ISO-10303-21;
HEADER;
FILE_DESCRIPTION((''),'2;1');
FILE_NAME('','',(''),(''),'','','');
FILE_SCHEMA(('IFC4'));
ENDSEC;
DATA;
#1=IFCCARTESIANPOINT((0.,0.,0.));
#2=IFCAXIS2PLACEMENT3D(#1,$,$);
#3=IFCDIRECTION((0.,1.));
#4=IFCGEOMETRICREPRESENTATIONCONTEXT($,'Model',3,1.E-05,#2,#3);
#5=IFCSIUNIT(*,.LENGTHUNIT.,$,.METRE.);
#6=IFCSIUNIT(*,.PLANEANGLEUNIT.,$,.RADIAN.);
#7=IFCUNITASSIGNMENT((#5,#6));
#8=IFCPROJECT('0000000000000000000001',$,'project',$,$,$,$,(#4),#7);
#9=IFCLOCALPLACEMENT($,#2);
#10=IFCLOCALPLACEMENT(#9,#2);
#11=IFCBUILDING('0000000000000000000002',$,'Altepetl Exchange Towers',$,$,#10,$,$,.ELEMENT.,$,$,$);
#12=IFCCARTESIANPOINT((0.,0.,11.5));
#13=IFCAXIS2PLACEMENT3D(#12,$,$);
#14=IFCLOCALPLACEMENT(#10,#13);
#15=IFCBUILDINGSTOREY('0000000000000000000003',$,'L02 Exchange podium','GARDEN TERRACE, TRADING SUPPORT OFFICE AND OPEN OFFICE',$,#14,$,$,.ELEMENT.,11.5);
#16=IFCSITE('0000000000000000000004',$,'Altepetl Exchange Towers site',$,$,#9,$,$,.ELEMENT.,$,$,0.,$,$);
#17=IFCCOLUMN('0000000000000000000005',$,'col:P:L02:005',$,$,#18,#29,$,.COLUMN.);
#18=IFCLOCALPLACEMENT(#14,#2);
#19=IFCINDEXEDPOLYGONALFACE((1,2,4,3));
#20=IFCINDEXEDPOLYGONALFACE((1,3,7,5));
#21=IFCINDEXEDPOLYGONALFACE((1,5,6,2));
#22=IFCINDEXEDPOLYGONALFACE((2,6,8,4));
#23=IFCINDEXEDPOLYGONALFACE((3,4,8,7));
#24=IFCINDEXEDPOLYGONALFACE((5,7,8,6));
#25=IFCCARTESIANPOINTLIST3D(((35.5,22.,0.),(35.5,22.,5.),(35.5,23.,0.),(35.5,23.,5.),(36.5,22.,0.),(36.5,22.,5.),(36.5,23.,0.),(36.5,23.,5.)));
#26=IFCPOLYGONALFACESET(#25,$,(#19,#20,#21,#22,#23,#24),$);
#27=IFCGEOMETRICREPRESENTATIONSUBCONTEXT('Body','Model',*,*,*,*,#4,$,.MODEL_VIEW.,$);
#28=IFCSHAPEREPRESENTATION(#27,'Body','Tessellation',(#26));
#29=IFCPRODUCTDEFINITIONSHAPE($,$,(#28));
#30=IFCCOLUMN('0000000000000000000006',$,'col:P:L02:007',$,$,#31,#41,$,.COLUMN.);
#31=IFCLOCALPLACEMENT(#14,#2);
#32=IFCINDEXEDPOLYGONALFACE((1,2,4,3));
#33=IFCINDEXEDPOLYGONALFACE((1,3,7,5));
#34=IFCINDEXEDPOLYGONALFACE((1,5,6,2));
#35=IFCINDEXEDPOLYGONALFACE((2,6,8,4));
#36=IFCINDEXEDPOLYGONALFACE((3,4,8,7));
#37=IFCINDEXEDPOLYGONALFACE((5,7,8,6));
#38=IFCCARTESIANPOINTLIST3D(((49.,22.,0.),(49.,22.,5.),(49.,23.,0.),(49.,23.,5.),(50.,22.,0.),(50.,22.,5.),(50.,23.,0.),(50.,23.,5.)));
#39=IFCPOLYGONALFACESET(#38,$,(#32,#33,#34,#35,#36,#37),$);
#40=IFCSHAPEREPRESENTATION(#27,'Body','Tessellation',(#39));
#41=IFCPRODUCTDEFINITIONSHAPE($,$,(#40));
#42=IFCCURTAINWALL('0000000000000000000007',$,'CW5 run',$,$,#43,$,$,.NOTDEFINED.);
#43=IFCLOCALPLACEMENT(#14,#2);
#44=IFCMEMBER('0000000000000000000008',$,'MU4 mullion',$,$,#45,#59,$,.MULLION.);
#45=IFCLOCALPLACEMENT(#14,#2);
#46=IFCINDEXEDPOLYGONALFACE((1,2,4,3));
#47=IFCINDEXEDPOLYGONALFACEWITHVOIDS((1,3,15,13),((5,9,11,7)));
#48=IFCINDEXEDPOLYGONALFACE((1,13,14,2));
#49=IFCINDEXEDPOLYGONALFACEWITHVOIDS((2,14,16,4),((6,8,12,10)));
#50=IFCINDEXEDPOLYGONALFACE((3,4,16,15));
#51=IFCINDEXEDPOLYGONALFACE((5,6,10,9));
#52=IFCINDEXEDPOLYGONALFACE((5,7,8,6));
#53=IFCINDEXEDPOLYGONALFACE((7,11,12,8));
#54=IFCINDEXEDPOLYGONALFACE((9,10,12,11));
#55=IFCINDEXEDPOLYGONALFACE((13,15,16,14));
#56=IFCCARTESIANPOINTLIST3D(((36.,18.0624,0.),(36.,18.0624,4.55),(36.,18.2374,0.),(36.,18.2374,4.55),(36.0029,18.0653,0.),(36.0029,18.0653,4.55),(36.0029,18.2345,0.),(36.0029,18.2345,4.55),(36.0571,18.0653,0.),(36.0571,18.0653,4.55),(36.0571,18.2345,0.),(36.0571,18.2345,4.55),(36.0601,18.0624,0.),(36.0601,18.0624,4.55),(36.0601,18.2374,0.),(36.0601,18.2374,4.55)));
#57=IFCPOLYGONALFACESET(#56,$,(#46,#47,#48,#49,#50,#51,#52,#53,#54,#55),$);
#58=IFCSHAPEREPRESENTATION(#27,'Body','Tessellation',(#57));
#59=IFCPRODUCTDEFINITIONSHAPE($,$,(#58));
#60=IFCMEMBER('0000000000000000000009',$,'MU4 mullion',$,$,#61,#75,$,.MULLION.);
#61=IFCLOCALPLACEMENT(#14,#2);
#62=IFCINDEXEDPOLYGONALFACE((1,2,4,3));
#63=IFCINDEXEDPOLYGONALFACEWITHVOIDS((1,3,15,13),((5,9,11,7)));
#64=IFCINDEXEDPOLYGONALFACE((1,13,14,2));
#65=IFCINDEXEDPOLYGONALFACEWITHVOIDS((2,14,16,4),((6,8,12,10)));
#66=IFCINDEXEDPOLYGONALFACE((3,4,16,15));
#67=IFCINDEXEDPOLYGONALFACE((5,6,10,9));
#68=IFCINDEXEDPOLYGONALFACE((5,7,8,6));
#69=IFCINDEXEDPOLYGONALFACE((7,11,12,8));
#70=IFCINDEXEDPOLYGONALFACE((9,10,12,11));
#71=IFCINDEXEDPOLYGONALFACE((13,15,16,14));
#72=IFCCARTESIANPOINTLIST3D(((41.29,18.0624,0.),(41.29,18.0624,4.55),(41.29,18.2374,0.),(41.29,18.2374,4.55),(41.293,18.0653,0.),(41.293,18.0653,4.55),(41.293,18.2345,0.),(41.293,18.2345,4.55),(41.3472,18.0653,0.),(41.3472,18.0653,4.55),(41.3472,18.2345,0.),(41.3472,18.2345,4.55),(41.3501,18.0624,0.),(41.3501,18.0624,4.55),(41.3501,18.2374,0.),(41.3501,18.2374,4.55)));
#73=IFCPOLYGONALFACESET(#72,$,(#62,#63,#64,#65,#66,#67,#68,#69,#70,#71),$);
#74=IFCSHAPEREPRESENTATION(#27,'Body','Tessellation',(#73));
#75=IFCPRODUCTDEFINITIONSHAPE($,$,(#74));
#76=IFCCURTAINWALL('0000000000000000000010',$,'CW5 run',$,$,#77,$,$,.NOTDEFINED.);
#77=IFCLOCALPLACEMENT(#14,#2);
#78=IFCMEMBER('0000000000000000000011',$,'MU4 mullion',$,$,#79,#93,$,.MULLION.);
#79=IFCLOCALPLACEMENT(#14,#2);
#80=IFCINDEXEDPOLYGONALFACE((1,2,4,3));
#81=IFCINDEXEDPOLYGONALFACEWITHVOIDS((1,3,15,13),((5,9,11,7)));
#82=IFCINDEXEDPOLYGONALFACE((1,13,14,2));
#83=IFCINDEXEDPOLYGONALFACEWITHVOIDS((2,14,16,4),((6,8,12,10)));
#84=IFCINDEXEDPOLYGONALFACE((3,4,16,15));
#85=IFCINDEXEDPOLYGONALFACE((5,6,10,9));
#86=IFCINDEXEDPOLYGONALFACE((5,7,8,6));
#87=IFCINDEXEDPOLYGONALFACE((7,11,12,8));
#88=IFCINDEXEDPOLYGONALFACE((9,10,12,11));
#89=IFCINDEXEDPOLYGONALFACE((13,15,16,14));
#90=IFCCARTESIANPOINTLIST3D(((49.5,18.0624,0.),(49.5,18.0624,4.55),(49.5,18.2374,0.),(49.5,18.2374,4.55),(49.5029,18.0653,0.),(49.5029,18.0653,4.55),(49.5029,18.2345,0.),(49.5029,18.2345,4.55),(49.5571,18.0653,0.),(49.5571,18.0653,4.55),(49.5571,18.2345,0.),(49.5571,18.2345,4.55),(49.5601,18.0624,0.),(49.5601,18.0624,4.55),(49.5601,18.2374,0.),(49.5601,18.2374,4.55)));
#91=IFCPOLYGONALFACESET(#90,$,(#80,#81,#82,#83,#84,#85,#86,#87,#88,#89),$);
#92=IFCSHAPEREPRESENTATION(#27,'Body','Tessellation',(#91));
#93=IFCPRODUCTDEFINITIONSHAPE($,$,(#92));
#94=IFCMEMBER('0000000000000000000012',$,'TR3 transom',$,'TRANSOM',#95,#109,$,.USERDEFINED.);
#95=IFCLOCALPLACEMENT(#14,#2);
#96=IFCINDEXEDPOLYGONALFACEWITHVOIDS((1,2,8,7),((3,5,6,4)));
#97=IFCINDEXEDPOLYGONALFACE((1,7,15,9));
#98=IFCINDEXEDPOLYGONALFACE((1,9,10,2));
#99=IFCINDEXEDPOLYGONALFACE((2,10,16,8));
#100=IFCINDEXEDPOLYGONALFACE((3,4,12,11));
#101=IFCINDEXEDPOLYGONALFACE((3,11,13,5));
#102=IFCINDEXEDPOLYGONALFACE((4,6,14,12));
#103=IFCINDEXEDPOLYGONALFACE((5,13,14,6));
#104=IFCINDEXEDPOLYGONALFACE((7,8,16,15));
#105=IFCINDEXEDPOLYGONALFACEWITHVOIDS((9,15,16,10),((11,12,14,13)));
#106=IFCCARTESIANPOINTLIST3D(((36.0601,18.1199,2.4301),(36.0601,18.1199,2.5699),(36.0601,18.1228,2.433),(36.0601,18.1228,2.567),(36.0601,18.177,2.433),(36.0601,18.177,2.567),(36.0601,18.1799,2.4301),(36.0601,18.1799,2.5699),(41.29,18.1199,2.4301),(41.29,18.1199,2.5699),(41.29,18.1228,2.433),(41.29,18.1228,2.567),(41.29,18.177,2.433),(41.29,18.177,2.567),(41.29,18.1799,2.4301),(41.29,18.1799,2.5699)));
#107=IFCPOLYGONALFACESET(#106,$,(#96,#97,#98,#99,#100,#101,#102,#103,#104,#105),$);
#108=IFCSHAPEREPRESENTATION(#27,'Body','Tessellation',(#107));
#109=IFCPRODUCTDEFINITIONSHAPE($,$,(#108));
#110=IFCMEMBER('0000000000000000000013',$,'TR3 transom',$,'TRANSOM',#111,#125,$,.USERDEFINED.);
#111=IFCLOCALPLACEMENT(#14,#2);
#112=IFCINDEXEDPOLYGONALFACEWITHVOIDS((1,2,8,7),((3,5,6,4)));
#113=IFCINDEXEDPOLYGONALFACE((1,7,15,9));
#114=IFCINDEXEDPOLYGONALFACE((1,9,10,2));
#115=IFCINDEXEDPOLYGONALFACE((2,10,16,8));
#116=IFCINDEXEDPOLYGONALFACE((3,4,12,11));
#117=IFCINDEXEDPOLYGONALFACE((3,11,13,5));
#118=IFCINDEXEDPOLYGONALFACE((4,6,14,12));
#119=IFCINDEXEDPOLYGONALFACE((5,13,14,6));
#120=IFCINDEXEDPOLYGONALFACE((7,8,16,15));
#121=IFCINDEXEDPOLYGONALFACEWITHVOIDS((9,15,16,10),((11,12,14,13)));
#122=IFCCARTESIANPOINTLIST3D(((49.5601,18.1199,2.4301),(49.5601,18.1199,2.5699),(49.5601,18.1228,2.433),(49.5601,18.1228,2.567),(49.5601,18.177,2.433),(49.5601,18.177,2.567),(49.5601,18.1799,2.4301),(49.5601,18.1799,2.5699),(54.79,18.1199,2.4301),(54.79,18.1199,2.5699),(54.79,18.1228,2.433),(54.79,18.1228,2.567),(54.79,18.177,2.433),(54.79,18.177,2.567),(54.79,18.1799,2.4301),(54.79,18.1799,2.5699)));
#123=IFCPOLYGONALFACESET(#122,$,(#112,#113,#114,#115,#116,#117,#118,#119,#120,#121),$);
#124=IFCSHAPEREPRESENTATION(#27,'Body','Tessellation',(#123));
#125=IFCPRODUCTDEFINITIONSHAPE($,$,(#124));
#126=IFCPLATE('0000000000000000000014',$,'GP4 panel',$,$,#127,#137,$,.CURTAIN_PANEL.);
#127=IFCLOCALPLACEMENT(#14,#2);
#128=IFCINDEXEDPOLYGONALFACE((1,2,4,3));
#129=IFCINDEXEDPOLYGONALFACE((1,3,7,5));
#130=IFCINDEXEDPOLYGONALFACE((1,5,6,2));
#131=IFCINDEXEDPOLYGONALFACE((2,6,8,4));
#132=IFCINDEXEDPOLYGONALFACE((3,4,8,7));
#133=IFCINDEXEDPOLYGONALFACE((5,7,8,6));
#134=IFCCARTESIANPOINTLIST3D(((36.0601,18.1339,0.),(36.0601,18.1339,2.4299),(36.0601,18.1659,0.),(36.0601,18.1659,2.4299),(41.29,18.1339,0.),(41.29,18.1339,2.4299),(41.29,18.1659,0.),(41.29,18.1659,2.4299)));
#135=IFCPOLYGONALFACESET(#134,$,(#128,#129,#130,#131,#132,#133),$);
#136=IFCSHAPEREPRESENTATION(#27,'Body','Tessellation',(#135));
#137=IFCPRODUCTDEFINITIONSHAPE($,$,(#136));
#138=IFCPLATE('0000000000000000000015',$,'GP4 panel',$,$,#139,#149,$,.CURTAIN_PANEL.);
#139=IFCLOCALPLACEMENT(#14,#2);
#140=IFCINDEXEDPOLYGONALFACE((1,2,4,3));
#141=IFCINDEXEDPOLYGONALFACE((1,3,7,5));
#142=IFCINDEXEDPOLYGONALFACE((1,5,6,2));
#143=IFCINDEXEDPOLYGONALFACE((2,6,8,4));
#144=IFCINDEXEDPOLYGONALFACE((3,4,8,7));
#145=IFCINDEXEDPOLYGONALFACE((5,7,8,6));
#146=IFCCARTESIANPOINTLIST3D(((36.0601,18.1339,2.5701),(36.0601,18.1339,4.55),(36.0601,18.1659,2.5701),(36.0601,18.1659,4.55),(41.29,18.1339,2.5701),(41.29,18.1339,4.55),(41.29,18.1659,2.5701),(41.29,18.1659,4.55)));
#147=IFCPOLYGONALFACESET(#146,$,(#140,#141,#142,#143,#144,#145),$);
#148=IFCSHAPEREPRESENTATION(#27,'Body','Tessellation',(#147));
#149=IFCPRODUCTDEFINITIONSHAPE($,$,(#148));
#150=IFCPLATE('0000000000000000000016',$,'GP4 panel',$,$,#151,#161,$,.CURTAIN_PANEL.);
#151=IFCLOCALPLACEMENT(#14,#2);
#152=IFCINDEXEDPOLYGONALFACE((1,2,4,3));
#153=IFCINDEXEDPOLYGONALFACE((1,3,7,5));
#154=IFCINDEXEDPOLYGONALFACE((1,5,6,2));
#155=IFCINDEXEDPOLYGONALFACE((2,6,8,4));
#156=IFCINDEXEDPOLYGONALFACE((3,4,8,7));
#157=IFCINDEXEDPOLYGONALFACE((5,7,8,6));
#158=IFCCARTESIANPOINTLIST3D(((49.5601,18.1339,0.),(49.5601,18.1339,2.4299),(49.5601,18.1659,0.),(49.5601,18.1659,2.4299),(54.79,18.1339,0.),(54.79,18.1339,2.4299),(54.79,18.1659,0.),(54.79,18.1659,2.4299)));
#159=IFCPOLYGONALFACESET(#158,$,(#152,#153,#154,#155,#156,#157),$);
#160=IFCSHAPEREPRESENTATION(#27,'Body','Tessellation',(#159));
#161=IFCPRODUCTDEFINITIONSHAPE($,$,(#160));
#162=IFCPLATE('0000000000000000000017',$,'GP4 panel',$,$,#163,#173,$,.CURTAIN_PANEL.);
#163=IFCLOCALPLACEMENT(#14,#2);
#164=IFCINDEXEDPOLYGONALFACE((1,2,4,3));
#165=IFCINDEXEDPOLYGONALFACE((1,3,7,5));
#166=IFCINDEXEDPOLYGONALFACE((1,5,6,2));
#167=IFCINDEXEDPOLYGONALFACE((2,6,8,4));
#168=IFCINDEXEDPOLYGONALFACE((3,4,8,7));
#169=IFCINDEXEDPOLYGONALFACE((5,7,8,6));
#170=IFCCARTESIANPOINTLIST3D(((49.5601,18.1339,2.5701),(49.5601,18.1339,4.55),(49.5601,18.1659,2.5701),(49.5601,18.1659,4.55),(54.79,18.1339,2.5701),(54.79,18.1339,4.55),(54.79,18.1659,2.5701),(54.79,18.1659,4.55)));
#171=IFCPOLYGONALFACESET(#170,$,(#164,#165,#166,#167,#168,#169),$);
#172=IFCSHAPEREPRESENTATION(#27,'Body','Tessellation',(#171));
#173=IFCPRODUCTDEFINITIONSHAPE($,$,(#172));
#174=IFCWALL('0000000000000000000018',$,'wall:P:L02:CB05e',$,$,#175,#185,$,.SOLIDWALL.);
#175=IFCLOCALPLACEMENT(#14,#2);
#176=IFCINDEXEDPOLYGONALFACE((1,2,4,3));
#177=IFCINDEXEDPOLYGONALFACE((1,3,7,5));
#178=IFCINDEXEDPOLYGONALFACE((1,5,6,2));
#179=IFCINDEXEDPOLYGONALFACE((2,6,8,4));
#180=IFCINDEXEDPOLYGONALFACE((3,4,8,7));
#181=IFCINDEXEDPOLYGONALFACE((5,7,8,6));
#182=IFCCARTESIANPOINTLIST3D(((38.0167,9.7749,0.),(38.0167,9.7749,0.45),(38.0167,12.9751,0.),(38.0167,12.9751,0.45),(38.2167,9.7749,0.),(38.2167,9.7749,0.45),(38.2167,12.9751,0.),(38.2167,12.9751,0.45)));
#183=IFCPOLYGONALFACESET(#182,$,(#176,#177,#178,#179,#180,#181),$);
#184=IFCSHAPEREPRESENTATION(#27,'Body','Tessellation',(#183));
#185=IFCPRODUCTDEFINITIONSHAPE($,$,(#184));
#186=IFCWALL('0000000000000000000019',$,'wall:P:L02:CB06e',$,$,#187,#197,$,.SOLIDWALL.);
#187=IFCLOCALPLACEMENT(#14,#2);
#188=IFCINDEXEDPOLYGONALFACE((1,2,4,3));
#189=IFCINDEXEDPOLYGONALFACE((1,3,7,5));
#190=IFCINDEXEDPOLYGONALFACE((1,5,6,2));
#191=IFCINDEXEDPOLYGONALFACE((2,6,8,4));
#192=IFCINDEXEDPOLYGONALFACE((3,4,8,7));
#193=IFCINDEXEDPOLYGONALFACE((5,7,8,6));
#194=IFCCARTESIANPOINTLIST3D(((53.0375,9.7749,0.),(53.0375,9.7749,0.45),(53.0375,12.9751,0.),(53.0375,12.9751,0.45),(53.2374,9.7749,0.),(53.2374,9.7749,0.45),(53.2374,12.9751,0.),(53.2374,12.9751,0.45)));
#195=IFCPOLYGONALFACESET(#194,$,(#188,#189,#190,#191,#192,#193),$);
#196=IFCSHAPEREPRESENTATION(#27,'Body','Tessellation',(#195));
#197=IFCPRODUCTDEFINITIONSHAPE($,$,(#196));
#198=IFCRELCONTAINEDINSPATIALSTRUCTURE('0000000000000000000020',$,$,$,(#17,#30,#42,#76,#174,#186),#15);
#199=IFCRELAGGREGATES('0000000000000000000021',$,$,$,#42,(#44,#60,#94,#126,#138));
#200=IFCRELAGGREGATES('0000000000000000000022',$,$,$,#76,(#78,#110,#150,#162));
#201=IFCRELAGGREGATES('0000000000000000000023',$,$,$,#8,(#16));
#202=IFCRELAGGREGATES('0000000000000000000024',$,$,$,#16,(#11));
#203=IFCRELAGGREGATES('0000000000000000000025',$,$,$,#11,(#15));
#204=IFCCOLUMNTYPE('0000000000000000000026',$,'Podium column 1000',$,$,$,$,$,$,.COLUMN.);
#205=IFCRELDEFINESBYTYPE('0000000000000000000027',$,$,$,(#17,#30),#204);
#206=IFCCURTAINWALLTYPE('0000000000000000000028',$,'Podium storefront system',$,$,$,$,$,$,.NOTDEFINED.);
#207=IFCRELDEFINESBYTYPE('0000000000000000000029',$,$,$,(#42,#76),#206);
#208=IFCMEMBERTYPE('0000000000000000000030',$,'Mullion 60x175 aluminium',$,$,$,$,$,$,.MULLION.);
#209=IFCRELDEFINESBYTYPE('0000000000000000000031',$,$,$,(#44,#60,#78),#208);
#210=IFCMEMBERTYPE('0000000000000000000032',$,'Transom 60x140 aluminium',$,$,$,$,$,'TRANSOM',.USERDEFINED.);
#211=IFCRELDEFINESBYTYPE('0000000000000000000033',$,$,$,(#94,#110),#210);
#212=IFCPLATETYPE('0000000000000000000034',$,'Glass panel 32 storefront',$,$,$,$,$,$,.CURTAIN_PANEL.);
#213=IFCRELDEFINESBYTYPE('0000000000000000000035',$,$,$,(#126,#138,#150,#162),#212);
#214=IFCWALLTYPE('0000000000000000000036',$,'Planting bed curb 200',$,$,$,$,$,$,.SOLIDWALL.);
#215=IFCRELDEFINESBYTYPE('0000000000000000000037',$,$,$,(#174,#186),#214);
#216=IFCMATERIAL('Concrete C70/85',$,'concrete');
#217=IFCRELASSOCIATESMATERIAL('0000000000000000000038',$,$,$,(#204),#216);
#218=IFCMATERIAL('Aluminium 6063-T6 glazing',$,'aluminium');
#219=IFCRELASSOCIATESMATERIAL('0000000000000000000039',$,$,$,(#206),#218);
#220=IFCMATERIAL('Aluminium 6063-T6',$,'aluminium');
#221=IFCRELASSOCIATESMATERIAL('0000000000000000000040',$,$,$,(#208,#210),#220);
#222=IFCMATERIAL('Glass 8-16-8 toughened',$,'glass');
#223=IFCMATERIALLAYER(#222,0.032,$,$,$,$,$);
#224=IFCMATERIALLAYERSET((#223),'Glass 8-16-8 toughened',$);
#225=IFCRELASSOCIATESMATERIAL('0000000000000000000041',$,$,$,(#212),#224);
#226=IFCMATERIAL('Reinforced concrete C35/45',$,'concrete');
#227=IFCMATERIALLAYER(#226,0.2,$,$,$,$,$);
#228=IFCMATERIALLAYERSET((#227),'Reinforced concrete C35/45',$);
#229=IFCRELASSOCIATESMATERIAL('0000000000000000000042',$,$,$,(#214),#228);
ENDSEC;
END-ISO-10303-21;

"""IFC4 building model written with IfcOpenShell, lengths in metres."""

from ifc_helpers import new_model, si_unit, direction, frame, frame_2d, origin, origin_2d, place, context, subcontext, project, spatial, rectangle, hollow_rectangle, extrude, material, layer, layer_set, material_profile, profile_set, type_object, element, aggregate, save


model = new_model("IFC4")

# Units and contexts
model_context = context("Model", 3, precision=1e-05, world=origin(), true_north=direction((0.0, 1.0)))
body_context = subcontext(model_context, "Body", "Model", "MODEL_VIEW")
ifc_project = project(units=[si_unit("LENGTHUNIT", "METRE"), si_unit("PLANEANGLEUNIT", "RADIAN")], contexts=[model_context])

# Site, building, storey
site_placement = place(None, origin())
site = spatial("IfcSite", under=ifc_project, at=site_placement, Name="Altepetl Exchange Towers site", CompositionType="ELEMENT", RefElevation=0.0)
building_placement = place(site_placement, origin())
building = spatial("IfcBuilding", under=site, at=building_placement, Name="Altepetl Exchange Towers", CompositionType="ELEMENT")
storey_placement = place(building_placement, frame((0.0, 0.0, 11.5)))
storey = spatial("IfcBuildingStorey", under=building, at=storey_placement, Name="L02 Exchange podium", Description="GARDEN TERRACE, TRADING SUPPORT OFFICE AND OPEN OFFICE", CompositionType="ELEMENT", Elevation=11.5)

# Columns
ifc_material_1 = material(Name="Concrete C70/85", Category="concrete")
ifc_material_profile_1 = material_profile(ifc_material_1, rectangle(XDim=1.0, YDim=1.0, at=origin_2d()), Name="1000 x 1000")
ifc_profile_set_1 = profile_set([ifc_material_profile_1], Name="Concrete C70/85")
column_type = type_object("IfcColumnType", Name="Podium column 1000", PredefinedType="COLUMN", material=ifc_profile_set_1)
for number, where, name in (
    (1, (36.0, 22.5, 0.0), "col:P:L02:005"),
    (2, (49.5, 22.5, 0.0), "col:P:L02:007"),
):
    element("IfcColumn", number, at=place(storey_placement, frame(where)), inside=storey, type_object=column_type, Name=name, PredefinedType="COLUMN", context=body_context, shape_type="SweptSolid", body=[
        extrude(rectangle(XDim=1.0, YDim=1.0, at=origin_2d()), origin(), (0.0, 0.0, 1.0), 5.0),
    ])

# Curtain wall, members
ifc_material_2 = material(Name="Aluminium 6063-T6 glazing", Category="aluminium")
curtain_wall_type = type_object("IfcCurtainWallType", Name="Podium storefront system", PredefinedType="NOTDEFINED", material=ifc_material_2)
curtain_wall_1_placement = place(storey_placement, origin())
curtain_wall_1 = element("IfcCurtainWall", 3, at=curtain_wall_1_placement, inside=storey, type_object=curtain_wall_type, Name="CW5 run", PredefinedType="NOTDEFINED")
ifc_material_3 = material(Name="Aluminium 6063-T6", Category="aluminium")
ifc_material_profile_2 = material_profile(ifc_material_3, hollow_rectangle(XDim=0.0601, YDim=0.175, WallThickness=0.0029, at=origin_2d()), Name="Mullion 60x175 aluminium")
ifc_profile_set_2 = profile_set([ifc_material_profile_2], Name="Aluminium 6063-T6")
member_type_1 = type_object("IfcMemberType", Name="Mullion 60x175 aluminium", PredefinedType="MULLION", material=ifc_profile_set_2)
member_1_placement = place(storey_placement, frame((36.03, 18.1499, 0.0)))
member_1 = element("IfcMember", 4, at=member_1_placement, type_object=member_type_1, Name="MU4 mullion", PredefinedType="MULLION", context=body_context, shape_type="SweptSolid", body=[
    extrude(hollow_rectangle(XDim=0.0601, YDim=0.175, WallThickness=0.0029, at=origin_2d()), origin(), (0.0, 0.0, 1.0), 4.55),
])
member_2_placement = place(storey_placement, frame((41.3201, 18.1499, 0.0)))
member_2 = element("IfcMember", 5, at=member_2_placement, type_object=member_type_1, Name="MU4 mullion", PredefinedType="MULLION", context=body_context, shape_type="SweptSolid", body=[
    extrude(hollow_rectangle(XDim=0.0601, YDim=0.175, WallThickness=0.0029, at=origin_2d()), origin(), (0.0, 0.0, 1.0), 4.55),
])

# Curtain wall, member
curtain_wall_2_placement = place(storey_placement, origin())
curtain_wall_2 = element("IfcCurtainWall", 6, at=curtain_wall_2_placement, inside=storey, type_object=curtain_wall_type, Name="CW5 run", PredefinedType="NOTDEFINED")
member_3_placement = place(storey_placement, frame((49.53, 18.1499, 0.0)))
member_3 = element("IfcMember", 7, at=member_3_placement, type_object=member_type_1, Name="MU4 mullion", PredefinedType="MULLION", context=body_context, shape_type="SweptSolid", body=[
    extrude(hollow_rectangle(XDim=0.0601, YDim=0.175, WallThickness=0.0029, at=origin_2d()), origin(), (0.0, 0.0, 1.0), 4.55),
])

# Members
ifc_material_profile_3 = material_profile(ifc_material_3, hollow_rectangle(XDim=0.0601, YDim=0.1399, WallThickness=0.0029, at=origin_2d()), Name="Transom 60x140 aluminium")
ifc_profile_set_3 = profile_set([ifc_material_profile_3], Name="Aluminium 6063-T6")
member_type_2 = type_object("IfcMemberType", Name="Transom 60x140 aluminium", ElementType="TRANSOM", PredefinedType="USERDEFINED", material=ifc_profile_set_3)
member_4_placement = place(storey_placement, frame((36.0601, 18.1499, 2.5), z_axis=(1.0, 0.0, 0.0), x_axis=(0.0, 1.0, 0.0)))
member_4 = element("IfcMember", 8, at=member_4_placement, type_object=member_type_2, Name="TR3 transom", ObjectType="TRANSOM", PredefinedType="USERDEFINED", context=body_context, shape_type="SweptSolid", body=[
    extrude(hollow_rectangle(XDim=0.0601, YDim=0.1399, WallThickness=0.0029, at=origin_2d()), origin(), (0.0, 0.0, 1.0), 5.23),
])
member_5_placement = place(storey_placement, frame((49.5601, 18.1499, 2.5), z_axis=(1.0, 0.0, 0.0), x_axis=(0.0, 1.0, 0.0)))
member_5 = element("IfcMember", 9, at=member_5_placement, type_object=member_type_2, Name="TR3 transom", ObjectType="TRANSOM", PredefinedType="USERDEFINED", context=body_context, shape_type="SweptSolid", body=[
    extrude(hollow_rectangle(XDim=0.0601, YDim=0.1399, WallThickness=0.0029, at=origin_2d()), origin(), (0.0, 0.0, 1.0), 5.23),
])

# Plates
ifc_material_4 = material(Name="Glass 8-16-8 toughened", Category="glass")
ifc_layer_1 = layer(ifc_material_4, 0.032)
ifc_layer_set_1 = layer_set([ifc_layer_1], Name="Glass 8-16-8 toughened")
plate_type = type_object("IfcPlateType", Name="Glass panel 32 storefront", PredefinedType="CURTAIN_PANEL", material=ifc_layer_set_1)
plate_1_placement = place(storey_placement, frame((38.675, 18.1499, 0.0)))
plate_1 = element("IfcPlate", 10, at=plate_1_placement, type_object=plate_type, Name="GP4 panel", PredefinedType="CURTAIN_PANEL", context=body_context, shape_type="SweptSolid", body=[
    extrude(rectangle(XDim=5.23, YDim=0.032, at=origin_2d()), origin(), (0.0, 0.0, 1.0), 2.4299),
])
plate_2_placement = place(storey_placement, frame((38.675, 18.1499, 2.5701)))
plate_2 = element("IfcPlate", 11, at=plate_2_placement, type_object=plate_type, Name="GP4 panel", PredefinedType="CURTAIN_PANEL", context=body_context, shape_type="SweptSolid", body=[
    extrude(rectangle(XDim=5.23, YDim=0.032, at=origin_2d()), origin(), (0.0, 0.0, 1.0), 1.98),
])
aggregate(curtain_wall_1, [member_1, member_2, member_4, plate_1, plate_2])
plate_3_placement = place(storey_placement, frame((52.175, 18.1499, 0.0)))
plate_3 = element("IfcPlate", 12, at=plate_3_placement, type_object=plate_type, Name="GP4 panel", PredefinedType="CURTAIN_PANEL", context=body_context, shape_type="SweptSolid", body=[
    extrude(rectangle(XDim=5.23, YDim=0.032, at=origin_2d()), origin(), (0.0, 0.0, 1.0), 2.4299),
])
plate_4_placement = place(storey_placement, frame((52.175, 18.1499, 2.5701)))
plate_4 = element("IfcPlate", 13, at=plate_4_placement, type_object=plate_type, Name="GP4 panel", PredefinedType="CURTAIN_PANEL", context=body_context, shape_type="SweptSolid", body=[
    extrude(rectangle(XDim=5.23, YDim=0.032, at=origin_2d()), origin(), (0.0, 0.0, 1.0), 1.98),
])
aggregate(curtain_wall_2, [member_3, member_5, plate_3, plate_4])

# Walls
ifc_material_5 = material(Name="Reinforced concrete C35/45", Category="concrete")
ifc_layer_2 = layer(ifc_material_5, 0.2)
ifc_layer_set_2 = layer_set([ifc_layer_2], Name="Reinforced concrete C35/45")
wall_type_1 = type_object("IfcWallType", Name="Planting bed curb 200", PredefinedType="SOLIDWALL", material=ifc_layer_set_2)
for number, where, z_axis, x_axis, name in (
    (14, (38.1167, 9.7749, 0.0), (0.0, 0.0, 1.0), (0.0, 1.0, 0.0), "wall:P:L02:CB05e"),
    (15, (53.1375, 9.7749, 0.0), (0.0, 0.0, 1.0), (0.0, 1.0, 0.0), "wall:P:L02:CB06e"),
):
    element("IfcWall", number, at=place(storey_placement, frame(where, z_axis=z_axis, x_axis=x_axis)), inside=storey, type_object=wall_type_1, Name=name, PredefinedType="SOLIDWALL", context=body_context, shape_type="SweptSolid", body=[
        extrude(rectangle(XDim=3.2002, YDim=0.2, at=frame_2d((1.6001, 0.0))), origin(), (0.0, 0.0, 1.0), 0.45),
    ])

save(model, "model.ifc")
